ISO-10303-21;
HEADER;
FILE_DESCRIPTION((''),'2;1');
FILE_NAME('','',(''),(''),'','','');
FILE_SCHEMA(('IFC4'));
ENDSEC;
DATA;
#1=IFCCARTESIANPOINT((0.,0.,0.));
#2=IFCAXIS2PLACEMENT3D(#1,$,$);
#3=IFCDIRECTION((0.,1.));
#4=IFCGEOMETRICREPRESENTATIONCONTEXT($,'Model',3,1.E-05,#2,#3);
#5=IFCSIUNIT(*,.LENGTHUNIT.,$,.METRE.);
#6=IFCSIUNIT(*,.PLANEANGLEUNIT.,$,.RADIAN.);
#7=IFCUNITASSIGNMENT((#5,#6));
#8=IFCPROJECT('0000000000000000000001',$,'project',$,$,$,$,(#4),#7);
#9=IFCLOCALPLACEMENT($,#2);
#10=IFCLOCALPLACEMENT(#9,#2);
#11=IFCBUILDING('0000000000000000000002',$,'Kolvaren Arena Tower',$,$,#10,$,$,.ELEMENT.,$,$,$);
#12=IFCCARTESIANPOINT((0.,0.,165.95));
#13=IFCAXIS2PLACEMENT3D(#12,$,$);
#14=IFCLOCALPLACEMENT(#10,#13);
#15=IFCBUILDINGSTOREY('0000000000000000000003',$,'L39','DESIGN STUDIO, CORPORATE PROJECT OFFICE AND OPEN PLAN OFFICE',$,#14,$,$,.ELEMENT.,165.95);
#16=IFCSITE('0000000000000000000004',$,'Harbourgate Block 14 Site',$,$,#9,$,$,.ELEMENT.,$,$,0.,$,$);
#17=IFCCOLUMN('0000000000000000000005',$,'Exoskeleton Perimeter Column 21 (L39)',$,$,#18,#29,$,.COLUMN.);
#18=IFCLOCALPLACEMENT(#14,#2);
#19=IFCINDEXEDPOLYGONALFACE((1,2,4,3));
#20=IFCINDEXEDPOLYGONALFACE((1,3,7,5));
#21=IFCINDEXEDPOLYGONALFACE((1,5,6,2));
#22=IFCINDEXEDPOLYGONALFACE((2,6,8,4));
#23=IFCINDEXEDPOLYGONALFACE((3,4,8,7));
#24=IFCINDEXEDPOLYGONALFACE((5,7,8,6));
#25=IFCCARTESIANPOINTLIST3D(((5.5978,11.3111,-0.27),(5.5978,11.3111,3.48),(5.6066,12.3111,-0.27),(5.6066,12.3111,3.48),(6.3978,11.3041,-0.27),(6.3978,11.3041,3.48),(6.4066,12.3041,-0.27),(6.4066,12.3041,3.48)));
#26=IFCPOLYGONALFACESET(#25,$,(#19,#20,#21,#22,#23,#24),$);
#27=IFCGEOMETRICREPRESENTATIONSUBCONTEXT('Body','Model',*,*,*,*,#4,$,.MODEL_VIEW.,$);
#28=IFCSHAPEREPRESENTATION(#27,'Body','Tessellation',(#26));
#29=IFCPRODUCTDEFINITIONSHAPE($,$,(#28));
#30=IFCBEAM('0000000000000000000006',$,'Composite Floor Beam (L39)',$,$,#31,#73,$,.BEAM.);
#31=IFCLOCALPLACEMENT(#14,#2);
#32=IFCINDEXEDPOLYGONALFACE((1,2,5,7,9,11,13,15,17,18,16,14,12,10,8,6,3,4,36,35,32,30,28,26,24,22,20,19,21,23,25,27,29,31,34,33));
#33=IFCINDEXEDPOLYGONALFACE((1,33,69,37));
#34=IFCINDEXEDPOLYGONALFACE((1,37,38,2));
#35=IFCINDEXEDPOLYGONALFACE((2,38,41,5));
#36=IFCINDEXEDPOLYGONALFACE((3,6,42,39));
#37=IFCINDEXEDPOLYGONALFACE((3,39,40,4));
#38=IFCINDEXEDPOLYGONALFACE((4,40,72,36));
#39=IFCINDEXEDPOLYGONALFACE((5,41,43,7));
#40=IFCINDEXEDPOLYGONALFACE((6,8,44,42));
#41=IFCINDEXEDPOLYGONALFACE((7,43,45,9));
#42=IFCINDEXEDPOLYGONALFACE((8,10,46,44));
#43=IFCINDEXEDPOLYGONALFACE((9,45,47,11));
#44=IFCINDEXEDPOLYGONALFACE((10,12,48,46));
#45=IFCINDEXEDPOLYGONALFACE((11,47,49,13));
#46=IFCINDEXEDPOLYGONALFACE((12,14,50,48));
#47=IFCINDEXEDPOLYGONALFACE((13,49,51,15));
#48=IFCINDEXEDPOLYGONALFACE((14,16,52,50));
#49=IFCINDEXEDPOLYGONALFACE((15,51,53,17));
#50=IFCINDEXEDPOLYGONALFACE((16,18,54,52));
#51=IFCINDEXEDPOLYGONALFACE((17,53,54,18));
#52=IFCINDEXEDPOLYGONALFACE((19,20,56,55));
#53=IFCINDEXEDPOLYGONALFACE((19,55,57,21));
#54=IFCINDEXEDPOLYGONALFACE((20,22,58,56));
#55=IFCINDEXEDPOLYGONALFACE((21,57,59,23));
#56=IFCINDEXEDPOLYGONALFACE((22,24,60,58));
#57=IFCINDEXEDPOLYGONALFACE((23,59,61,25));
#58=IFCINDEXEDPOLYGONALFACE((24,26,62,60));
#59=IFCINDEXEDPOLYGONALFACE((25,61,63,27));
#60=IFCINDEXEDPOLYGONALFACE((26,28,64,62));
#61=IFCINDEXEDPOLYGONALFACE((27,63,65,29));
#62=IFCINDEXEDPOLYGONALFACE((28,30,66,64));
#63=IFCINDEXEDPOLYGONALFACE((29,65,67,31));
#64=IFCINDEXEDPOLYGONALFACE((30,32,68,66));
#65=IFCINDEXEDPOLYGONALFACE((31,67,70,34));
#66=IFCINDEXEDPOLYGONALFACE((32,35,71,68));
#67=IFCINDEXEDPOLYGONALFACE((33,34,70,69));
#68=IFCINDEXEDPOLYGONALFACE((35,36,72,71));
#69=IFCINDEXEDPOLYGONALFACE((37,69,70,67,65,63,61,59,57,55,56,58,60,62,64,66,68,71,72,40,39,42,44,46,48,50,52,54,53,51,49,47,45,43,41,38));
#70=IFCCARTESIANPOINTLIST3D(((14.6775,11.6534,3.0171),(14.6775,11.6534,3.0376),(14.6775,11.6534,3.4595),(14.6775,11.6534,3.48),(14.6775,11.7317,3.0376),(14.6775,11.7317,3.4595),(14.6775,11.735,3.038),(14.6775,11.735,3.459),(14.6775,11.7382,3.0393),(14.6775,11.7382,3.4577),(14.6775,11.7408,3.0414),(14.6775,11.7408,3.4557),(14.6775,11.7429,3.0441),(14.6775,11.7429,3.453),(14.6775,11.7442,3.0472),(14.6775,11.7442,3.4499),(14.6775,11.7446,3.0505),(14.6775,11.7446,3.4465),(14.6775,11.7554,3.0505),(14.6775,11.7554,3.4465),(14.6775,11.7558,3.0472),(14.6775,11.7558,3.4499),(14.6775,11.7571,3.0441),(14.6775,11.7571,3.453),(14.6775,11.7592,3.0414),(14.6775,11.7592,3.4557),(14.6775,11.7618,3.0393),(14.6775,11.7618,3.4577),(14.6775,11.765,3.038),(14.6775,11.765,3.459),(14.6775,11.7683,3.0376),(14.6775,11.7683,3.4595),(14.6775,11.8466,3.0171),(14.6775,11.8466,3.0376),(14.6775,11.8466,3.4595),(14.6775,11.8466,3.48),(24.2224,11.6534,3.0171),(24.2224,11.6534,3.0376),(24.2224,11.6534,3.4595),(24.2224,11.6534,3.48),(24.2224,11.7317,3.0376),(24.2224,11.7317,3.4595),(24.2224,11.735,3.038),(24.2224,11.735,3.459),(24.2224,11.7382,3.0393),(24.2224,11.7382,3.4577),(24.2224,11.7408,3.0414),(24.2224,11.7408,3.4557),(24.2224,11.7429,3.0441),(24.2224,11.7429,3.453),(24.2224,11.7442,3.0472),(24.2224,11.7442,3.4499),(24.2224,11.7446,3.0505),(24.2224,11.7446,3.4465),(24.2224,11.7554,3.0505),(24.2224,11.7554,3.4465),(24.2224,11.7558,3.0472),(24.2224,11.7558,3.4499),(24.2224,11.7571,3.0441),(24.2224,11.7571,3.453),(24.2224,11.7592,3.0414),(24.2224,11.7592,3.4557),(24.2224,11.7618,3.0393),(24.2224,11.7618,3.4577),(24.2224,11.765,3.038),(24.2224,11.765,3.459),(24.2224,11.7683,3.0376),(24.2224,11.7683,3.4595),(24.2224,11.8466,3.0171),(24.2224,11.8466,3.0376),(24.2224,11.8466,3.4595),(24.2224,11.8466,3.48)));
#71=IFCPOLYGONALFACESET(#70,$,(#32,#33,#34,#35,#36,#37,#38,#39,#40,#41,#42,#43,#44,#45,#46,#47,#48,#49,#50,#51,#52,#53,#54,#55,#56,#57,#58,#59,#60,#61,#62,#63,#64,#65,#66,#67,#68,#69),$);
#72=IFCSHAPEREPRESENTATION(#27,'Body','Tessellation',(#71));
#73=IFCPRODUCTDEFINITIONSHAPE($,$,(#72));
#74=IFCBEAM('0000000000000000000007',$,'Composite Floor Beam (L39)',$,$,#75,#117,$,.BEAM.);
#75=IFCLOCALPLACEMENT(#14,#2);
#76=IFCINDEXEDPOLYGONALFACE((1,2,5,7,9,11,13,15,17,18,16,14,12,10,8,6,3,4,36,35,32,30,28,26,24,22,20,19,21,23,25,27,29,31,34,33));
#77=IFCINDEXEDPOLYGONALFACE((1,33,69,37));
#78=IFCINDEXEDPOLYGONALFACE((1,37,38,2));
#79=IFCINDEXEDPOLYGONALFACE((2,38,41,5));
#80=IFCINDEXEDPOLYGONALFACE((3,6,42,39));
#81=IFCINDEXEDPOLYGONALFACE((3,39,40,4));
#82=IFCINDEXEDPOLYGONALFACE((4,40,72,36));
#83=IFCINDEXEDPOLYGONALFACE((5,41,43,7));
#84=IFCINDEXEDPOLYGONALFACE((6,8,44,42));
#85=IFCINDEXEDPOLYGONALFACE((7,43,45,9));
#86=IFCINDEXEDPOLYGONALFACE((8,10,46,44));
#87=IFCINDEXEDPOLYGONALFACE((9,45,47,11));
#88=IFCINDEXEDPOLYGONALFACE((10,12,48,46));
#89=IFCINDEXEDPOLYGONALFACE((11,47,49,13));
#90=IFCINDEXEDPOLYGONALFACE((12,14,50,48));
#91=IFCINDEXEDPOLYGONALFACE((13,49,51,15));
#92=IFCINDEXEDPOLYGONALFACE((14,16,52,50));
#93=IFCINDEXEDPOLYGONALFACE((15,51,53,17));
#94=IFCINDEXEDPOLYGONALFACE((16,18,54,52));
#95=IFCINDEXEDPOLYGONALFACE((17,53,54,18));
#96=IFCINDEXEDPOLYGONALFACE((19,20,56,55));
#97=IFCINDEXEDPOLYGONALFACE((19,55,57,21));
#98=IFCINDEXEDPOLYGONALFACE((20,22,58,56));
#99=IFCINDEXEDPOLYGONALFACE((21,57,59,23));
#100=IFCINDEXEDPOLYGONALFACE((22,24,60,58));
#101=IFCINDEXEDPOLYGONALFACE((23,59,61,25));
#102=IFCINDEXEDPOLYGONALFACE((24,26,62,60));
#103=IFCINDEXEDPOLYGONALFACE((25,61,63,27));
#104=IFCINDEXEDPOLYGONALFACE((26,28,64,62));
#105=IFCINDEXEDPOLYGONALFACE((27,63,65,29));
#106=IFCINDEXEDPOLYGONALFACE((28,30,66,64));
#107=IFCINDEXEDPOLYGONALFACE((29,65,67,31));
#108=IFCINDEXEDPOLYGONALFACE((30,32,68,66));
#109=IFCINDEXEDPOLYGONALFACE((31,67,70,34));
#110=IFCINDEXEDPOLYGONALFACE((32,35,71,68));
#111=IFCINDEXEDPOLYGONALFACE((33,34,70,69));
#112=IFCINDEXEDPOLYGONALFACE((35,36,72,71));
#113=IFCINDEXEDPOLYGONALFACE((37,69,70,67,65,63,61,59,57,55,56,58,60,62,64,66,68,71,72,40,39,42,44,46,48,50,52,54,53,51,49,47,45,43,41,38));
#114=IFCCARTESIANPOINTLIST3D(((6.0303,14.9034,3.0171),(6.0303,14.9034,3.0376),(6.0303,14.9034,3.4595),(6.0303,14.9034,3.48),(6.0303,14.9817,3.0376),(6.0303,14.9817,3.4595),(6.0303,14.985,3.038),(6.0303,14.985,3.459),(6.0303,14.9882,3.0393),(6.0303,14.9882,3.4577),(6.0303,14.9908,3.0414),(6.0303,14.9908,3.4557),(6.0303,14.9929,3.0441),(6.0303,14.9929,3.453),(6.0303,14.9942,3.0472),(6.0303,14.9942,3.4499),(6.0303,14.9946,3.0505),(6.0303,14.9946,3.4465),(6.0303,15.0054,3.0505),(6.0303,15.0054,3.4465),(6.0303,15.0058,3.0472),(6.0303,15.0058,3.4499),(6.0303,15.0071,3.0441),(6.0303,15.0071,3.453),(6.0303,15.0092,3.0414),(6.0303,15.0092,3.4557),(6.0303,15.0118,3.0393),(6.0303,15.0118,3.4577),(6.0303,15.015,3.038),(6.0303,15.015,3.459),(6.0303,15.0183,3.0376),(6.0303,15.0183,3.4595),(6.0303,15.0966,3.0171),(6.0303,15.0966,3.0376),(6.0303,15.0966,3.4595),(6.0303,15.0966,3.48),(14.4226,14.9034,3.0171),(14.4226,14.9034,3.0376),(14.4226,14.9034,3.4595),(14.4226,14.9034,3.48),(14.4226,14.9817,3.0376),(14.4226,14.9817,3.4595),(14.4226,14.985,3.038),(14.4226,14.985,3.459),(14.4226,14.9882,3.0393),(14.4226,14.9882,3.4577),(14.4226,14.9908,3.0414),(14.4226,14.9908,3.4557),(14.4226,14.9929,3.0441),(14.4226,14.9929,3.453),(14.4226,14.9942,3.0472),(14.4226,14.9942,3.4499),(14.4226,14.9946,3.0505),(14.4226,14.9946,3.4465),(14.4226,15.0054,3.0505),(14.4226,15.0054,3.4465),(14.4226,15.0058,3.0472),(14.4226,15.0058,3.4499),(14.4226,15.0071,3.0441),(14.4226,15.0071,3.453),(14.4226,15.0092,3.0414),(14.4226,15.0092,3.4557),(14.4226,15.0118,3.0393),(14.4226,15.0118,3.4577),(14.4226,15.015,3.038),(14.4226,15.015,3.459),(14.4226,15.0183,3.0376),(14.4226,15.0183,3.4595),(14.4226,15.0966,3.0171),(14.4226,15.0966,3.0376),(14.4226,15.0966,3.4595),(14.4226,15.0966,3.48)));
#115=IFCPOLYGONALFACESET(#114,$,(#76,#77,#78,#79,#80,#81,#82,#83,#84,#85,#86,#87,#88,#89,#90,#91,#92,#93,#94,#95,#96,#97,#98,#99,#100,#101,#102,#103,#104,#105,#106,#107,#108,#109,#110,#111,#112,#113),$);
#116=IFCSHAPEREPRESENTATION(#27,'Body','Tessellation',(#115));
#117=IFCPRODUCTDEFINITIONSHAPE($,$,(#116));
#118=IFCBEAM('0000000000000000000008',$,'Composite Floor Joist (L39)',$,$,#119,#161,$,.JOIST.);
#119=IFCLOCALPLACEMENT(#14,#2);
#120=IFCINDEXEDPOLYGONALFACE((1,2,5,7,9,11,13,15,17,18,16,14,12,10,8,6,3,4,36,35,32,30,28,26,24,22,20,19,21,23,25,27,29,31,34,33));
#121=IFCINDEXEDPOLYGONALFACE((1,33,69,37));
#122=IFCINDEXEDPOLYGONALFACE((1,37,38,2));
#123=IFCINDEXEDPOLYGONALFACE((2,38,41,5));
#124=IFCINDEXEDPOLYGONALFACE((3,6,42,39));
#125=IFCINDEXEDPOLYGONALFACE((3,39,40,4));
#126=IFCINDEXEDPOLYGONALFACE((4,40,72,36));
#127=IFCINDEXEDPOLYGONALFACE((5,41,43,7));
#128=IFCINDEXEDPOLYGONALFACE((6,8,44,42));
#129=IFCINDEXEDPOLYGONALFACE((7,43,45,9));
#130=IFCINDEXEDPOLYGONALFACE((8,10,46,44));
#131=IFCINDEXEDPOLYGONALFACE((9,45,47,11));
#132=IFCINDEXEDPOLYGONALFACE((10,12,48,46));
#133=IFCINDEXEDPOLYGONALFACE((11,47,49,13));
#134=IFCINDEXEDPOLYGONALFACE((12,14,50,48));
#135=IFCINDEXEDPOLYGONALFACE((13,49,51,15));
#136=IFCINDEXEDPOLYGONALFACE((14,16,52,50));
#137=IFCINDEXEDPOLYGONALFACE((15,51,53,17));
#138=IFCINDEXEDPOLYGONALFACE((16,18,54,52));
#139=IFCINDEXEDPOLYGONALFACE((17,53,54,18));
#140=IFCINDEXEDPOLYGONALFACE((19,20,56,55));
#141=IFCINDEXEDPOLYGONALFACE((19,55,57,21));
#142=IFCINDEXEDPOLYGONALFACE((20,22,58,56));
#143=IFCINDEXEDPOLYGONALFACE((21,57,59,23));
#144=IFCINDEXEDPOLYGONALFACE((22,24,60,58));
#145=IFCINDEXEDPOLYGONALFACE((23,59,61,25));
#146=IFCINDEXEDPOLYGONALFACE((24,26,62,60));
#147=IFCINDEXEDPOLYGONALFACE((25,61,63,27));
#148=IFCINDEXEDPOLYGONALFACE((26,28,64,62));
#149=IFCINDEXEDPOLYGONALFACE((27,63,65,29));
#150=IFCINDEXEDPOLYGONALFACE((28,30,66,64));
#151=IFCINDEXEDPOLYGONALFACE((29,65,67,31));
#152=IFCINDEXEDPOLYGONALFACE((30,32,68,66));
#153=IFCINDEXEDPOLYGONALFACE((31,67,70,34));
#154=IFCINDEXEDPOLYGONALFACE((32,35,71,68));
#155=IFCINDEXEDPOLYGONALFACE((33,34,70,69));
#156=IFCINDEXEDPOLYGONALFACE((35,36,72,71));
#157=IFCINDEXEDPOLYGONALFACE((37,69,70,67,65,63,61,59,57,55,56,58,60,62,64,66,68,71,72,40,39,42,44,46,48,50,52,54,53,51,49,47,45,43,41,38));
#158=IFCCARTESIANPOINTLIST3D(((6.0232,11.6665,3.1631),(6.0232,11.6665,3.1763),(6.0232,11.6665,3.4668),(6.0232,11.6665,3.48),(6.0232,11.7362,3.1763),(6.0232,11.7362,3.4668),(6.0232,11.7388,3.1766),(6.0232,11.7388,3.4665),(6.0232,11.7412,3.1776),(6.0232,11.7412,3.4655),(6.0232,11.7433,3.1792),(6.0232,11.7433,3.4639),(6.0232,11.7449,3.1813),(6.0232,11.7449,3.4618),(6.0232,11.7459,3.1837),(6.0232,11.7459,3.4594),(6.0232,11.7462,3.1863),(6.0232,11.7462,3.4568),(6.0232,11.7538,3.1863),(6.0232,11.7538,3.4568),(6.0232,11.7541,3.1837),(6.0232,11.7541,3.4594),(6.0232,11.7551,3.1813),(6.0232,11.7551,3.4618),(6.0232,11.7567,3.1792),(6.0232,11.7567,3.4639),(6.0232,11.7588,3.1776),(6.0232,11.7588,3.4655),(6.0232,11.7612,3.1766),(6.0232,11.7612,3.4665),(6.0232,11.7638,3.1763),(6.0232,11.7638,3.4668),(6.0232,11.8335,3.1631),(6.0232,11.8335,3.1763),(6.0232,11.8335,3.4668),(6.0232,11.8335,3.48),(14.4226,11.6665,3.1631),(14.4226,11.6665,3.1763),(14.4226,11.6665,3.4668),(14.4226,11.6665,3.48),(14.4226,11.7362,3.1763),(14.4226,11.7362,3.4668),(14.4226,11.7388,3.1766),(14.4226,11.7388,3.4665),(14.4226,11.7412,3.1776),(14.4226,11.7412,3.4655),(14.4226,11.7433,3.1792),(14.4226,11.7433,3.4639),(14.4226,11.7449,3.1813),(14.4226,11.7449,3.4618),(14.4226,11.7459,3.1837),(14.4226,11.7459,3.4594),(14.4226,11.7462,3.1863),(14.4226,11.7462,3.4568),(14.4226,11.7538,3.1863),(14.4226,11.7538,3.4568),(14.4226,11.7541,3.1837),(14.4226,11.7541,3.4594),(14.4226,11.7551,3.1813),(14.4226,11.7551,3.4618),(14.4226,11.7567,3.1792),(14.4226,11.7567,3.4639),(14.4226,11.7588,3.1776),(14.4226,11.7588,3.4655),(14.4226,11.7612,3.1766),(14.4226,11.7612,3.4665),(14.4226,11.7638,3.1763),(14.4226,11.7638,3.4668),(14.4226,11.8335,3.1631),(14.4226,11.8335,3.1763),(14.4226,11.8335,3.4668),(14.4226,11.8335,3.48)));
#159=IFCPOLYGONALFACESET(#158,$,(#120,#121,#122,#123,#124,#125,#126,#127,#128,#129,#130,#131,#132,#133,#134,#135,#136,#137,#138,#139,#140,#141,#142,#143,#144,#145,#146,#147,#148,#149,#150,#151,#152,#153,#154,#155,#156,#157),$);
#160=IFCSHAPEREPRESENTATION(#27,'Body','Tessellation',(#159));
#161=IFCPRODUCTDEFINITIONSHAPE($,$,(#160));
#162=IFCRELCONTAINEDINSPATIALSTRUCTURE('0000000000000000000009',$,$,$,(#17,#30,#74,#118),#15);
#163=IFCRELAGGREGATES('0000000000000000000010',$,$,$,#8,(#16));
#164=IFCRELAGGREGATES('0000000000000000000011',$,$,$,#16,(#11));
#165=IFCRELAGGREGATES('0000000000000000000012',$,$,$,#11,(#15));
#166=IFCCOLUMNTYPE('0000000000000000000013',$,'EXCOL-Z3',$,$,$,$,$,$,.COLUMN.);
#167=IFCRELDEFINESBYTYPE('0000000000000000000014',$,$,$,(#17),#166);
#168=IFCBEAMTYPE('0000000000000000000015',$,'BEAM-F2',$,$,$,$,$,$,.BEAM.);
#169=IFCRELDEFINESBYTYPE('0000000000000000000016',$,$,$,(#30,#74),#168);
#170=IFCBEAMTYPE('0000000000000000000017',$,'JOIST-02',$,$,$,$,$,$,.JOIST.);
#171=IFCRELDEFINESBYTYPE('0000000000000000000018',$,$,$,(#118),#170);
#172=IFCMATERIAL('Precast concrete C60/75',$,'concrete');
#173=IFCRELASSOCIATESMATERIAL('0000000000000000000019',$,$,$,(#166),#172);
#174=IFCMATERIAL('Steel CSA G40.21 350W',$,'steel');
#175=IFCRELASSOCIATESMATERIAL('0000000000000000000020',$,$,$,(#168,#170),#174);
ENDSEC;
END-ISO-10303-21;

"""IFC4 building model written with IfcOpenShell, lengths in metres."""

from ifc_helpers import new_model, si_unit, direction, frame, origin, origin_2d, place, context, subcontext, project, spatial, rectangle, i_section, extrude, material, material_profile, profile_set, type_object, element, save


model = new_model("IFC4")

# Units and contexts
model_context = context("Model", 3, precision=1e-05, world=origin(), true_north=direction((0.0, 1.0)))
body_context = subcontext(model_context, "Body", "Model", "MODEL_VIEW")
ifc_project = project(units=[si_unit("LENGTHUNIT", "METRE"), si_unit("PLANEANGLEUNIT", "RADIAN")], contexts=[model_context])

# Site, building, storey
site_placement = place(None, origin())
site = spatial("IfcSite", under=ifc_project, at=site_placement, Name="Harbourgate Block 14 Site", CompositionType="ELEMENT", RefElevation=0.0)
building_placement = place(site_placement, origin())
building = spatial("IfcBuilding", under=site, at=building_placement, Name="Kolvaren Arena Tower", CompositionType="ELEMENT")
storey_placement = place(building_placement, frame((0.0, 0.0, 165.95)))
storey = spatial("IfcBuildingStorey", under=building, at=storey_placement, Name="L39", Description="DESIGN STUDIO, CORPORATE PROJECT OFFICE AND OPEN PLAN OFFICE", CompositionType="ELEMENT", Elevation=165.95)

# Column
ifc_material_1 = material(Name="Precast concrete C60/75", Category="concrete")
ifc_material_profile_1 = material_profile(ifc_material_1, rectangle(XDim=1.0, YDim=0.8, at=origin_2d()), Name="RC-1000x800")
ifc_profile_set_1 = profile_set([ifc_material_profile_1], Name="Precast concrete C60/75")
column_type = type_object("IfcColumnType", Name="EXCOL-Z3", PredefinedType="COLUMN", material=ifc_profile_set_1)
column_placement = place(storey_placement, frame((6.0022, 11.8076, -0.27), z_axis=(0.0, 0.0, 1.0), x_axis=(0.008727, 0.999962, 0.0)))
element("IfcColumn", 1, at=column_placement, inside=storey, type_object=column_type, Name="Exoskeleton Perimeter Column 21 (L39)", PredefinedType="COLUMN", context=body_context, shape_type="SweptSolid", body=[
    extrude(rectangle(XDim=1.0, YDim=0.8, at=origin_2d()), origin(), (0.0, 0.0, 1.0), 3.75),
])

# Beams
ifc_material_2 = material(Name="Steel CSA G40.21 350W", Category="steel")
ifc_material_profile_2 = material_profile(ifc_material_2, i_section(OverallWidth=0.1931, OverallDepth=0.4629, WebThickness=0.0107, FlangeThickness=0.0205, FilletRadius=0.0129, at=origin_2d()), Name="W460x113")
ifc_profile_set_2 = profile_set([ifc_material_profile_2], Name="Steel CSA G40.21 350W")
beam_type_1 = type_object("IfcBeamType", Name="BEAM-F2", PredefinedType="BEAM", material=ifc_profile_set_2)
beam_1_placement = place(storey_placement, frame((14.6775, 11.75, 3.2485), z_axis=(1.0, 0.0, 0.0), x_axis=(0.0, 1.0, 0.0)))
element("IfcBeam", 2, at=beam_1_placement, inside=storey, type_object=beam_type_1, Name="Composite Floor Beam (L39)", PredefinedType="BEAM", context=body_context, shape_type="SweptSolid", body=[
    extrude(i_section(OverallWidth=0.1931, OverallDepth=0.4629, WebThickness=0.0107, FlangeThickness=0.0205, FilletRadius=0.0129, at=origin_2d()), origin(), (0.0, 0.0, 1.0), 9.5449),
])
beam_2_placement = place(storey_placement, frame((6.0303, 15.0, 3.2485), z_axis=(1.0, 0.0, 0.0), x_axis=(0.0, 1.0, 0.0)))
element("IfcBeam", 3, at=beam_2_placement, inside=storey, type_object=beam_type_1, Name="Composite Floor Beam (L39)", PredefinedType="BEAM", context=body_context, shape_type="SweptSolid", body=[
    extrude(i_section(OverallWidth=0.1931, OverallDepth=0.4629, WebThickness=0.0107, FlangeThickness=0.0205, FilletRadius=0.0129, at=origin_2d()), origin(), (0.0, 0.0, 1.0), 8.3923),
])
ifc_material_profile_3 = material_profile(ifc_material_2, i_section(OverallWidth=0.167, OverallDepth=0.3169, WebThickness=0.0076, FlangeThickness=0.0132, FilletRadius=0.01, at=origin_2d()), Name="W310x52")
ifc_profile_set_3 = profile_set([ifc_material_profile_3], Name="Steel CSA G40.21 350W")
beam_type_2 = type_object("IfcBeamType", Name="JOIST-02", PredefinedType="JOIST", material=ifc_profile_set_3)
beam_3_placement = place(storey_placement, frame((6.0232, 11.75, 3.3215), z_axis=(1.0, 0.0, 0.0), x_axis=(0.0, 1.0, 0.0)))
element("IfcBeam", 4, at=beam_3_placement, inside=storey, type_object=beam_type_2, Name="Composite Floor Joist (L39)", PredefinedType="JOIST", context=body_context, shape_type="SweptSolid", body=[
    extrude(i_section(OverallWidth=0.167, OverallDepth=0.3169, WebThickness=0.0076, FlangeThickness=0.0132, FilletRadius=0.01, at=origin_2d()), origin(), (0.0, 0.0, 1.0), 8.3994),
])

save(model, "model.ifc")
